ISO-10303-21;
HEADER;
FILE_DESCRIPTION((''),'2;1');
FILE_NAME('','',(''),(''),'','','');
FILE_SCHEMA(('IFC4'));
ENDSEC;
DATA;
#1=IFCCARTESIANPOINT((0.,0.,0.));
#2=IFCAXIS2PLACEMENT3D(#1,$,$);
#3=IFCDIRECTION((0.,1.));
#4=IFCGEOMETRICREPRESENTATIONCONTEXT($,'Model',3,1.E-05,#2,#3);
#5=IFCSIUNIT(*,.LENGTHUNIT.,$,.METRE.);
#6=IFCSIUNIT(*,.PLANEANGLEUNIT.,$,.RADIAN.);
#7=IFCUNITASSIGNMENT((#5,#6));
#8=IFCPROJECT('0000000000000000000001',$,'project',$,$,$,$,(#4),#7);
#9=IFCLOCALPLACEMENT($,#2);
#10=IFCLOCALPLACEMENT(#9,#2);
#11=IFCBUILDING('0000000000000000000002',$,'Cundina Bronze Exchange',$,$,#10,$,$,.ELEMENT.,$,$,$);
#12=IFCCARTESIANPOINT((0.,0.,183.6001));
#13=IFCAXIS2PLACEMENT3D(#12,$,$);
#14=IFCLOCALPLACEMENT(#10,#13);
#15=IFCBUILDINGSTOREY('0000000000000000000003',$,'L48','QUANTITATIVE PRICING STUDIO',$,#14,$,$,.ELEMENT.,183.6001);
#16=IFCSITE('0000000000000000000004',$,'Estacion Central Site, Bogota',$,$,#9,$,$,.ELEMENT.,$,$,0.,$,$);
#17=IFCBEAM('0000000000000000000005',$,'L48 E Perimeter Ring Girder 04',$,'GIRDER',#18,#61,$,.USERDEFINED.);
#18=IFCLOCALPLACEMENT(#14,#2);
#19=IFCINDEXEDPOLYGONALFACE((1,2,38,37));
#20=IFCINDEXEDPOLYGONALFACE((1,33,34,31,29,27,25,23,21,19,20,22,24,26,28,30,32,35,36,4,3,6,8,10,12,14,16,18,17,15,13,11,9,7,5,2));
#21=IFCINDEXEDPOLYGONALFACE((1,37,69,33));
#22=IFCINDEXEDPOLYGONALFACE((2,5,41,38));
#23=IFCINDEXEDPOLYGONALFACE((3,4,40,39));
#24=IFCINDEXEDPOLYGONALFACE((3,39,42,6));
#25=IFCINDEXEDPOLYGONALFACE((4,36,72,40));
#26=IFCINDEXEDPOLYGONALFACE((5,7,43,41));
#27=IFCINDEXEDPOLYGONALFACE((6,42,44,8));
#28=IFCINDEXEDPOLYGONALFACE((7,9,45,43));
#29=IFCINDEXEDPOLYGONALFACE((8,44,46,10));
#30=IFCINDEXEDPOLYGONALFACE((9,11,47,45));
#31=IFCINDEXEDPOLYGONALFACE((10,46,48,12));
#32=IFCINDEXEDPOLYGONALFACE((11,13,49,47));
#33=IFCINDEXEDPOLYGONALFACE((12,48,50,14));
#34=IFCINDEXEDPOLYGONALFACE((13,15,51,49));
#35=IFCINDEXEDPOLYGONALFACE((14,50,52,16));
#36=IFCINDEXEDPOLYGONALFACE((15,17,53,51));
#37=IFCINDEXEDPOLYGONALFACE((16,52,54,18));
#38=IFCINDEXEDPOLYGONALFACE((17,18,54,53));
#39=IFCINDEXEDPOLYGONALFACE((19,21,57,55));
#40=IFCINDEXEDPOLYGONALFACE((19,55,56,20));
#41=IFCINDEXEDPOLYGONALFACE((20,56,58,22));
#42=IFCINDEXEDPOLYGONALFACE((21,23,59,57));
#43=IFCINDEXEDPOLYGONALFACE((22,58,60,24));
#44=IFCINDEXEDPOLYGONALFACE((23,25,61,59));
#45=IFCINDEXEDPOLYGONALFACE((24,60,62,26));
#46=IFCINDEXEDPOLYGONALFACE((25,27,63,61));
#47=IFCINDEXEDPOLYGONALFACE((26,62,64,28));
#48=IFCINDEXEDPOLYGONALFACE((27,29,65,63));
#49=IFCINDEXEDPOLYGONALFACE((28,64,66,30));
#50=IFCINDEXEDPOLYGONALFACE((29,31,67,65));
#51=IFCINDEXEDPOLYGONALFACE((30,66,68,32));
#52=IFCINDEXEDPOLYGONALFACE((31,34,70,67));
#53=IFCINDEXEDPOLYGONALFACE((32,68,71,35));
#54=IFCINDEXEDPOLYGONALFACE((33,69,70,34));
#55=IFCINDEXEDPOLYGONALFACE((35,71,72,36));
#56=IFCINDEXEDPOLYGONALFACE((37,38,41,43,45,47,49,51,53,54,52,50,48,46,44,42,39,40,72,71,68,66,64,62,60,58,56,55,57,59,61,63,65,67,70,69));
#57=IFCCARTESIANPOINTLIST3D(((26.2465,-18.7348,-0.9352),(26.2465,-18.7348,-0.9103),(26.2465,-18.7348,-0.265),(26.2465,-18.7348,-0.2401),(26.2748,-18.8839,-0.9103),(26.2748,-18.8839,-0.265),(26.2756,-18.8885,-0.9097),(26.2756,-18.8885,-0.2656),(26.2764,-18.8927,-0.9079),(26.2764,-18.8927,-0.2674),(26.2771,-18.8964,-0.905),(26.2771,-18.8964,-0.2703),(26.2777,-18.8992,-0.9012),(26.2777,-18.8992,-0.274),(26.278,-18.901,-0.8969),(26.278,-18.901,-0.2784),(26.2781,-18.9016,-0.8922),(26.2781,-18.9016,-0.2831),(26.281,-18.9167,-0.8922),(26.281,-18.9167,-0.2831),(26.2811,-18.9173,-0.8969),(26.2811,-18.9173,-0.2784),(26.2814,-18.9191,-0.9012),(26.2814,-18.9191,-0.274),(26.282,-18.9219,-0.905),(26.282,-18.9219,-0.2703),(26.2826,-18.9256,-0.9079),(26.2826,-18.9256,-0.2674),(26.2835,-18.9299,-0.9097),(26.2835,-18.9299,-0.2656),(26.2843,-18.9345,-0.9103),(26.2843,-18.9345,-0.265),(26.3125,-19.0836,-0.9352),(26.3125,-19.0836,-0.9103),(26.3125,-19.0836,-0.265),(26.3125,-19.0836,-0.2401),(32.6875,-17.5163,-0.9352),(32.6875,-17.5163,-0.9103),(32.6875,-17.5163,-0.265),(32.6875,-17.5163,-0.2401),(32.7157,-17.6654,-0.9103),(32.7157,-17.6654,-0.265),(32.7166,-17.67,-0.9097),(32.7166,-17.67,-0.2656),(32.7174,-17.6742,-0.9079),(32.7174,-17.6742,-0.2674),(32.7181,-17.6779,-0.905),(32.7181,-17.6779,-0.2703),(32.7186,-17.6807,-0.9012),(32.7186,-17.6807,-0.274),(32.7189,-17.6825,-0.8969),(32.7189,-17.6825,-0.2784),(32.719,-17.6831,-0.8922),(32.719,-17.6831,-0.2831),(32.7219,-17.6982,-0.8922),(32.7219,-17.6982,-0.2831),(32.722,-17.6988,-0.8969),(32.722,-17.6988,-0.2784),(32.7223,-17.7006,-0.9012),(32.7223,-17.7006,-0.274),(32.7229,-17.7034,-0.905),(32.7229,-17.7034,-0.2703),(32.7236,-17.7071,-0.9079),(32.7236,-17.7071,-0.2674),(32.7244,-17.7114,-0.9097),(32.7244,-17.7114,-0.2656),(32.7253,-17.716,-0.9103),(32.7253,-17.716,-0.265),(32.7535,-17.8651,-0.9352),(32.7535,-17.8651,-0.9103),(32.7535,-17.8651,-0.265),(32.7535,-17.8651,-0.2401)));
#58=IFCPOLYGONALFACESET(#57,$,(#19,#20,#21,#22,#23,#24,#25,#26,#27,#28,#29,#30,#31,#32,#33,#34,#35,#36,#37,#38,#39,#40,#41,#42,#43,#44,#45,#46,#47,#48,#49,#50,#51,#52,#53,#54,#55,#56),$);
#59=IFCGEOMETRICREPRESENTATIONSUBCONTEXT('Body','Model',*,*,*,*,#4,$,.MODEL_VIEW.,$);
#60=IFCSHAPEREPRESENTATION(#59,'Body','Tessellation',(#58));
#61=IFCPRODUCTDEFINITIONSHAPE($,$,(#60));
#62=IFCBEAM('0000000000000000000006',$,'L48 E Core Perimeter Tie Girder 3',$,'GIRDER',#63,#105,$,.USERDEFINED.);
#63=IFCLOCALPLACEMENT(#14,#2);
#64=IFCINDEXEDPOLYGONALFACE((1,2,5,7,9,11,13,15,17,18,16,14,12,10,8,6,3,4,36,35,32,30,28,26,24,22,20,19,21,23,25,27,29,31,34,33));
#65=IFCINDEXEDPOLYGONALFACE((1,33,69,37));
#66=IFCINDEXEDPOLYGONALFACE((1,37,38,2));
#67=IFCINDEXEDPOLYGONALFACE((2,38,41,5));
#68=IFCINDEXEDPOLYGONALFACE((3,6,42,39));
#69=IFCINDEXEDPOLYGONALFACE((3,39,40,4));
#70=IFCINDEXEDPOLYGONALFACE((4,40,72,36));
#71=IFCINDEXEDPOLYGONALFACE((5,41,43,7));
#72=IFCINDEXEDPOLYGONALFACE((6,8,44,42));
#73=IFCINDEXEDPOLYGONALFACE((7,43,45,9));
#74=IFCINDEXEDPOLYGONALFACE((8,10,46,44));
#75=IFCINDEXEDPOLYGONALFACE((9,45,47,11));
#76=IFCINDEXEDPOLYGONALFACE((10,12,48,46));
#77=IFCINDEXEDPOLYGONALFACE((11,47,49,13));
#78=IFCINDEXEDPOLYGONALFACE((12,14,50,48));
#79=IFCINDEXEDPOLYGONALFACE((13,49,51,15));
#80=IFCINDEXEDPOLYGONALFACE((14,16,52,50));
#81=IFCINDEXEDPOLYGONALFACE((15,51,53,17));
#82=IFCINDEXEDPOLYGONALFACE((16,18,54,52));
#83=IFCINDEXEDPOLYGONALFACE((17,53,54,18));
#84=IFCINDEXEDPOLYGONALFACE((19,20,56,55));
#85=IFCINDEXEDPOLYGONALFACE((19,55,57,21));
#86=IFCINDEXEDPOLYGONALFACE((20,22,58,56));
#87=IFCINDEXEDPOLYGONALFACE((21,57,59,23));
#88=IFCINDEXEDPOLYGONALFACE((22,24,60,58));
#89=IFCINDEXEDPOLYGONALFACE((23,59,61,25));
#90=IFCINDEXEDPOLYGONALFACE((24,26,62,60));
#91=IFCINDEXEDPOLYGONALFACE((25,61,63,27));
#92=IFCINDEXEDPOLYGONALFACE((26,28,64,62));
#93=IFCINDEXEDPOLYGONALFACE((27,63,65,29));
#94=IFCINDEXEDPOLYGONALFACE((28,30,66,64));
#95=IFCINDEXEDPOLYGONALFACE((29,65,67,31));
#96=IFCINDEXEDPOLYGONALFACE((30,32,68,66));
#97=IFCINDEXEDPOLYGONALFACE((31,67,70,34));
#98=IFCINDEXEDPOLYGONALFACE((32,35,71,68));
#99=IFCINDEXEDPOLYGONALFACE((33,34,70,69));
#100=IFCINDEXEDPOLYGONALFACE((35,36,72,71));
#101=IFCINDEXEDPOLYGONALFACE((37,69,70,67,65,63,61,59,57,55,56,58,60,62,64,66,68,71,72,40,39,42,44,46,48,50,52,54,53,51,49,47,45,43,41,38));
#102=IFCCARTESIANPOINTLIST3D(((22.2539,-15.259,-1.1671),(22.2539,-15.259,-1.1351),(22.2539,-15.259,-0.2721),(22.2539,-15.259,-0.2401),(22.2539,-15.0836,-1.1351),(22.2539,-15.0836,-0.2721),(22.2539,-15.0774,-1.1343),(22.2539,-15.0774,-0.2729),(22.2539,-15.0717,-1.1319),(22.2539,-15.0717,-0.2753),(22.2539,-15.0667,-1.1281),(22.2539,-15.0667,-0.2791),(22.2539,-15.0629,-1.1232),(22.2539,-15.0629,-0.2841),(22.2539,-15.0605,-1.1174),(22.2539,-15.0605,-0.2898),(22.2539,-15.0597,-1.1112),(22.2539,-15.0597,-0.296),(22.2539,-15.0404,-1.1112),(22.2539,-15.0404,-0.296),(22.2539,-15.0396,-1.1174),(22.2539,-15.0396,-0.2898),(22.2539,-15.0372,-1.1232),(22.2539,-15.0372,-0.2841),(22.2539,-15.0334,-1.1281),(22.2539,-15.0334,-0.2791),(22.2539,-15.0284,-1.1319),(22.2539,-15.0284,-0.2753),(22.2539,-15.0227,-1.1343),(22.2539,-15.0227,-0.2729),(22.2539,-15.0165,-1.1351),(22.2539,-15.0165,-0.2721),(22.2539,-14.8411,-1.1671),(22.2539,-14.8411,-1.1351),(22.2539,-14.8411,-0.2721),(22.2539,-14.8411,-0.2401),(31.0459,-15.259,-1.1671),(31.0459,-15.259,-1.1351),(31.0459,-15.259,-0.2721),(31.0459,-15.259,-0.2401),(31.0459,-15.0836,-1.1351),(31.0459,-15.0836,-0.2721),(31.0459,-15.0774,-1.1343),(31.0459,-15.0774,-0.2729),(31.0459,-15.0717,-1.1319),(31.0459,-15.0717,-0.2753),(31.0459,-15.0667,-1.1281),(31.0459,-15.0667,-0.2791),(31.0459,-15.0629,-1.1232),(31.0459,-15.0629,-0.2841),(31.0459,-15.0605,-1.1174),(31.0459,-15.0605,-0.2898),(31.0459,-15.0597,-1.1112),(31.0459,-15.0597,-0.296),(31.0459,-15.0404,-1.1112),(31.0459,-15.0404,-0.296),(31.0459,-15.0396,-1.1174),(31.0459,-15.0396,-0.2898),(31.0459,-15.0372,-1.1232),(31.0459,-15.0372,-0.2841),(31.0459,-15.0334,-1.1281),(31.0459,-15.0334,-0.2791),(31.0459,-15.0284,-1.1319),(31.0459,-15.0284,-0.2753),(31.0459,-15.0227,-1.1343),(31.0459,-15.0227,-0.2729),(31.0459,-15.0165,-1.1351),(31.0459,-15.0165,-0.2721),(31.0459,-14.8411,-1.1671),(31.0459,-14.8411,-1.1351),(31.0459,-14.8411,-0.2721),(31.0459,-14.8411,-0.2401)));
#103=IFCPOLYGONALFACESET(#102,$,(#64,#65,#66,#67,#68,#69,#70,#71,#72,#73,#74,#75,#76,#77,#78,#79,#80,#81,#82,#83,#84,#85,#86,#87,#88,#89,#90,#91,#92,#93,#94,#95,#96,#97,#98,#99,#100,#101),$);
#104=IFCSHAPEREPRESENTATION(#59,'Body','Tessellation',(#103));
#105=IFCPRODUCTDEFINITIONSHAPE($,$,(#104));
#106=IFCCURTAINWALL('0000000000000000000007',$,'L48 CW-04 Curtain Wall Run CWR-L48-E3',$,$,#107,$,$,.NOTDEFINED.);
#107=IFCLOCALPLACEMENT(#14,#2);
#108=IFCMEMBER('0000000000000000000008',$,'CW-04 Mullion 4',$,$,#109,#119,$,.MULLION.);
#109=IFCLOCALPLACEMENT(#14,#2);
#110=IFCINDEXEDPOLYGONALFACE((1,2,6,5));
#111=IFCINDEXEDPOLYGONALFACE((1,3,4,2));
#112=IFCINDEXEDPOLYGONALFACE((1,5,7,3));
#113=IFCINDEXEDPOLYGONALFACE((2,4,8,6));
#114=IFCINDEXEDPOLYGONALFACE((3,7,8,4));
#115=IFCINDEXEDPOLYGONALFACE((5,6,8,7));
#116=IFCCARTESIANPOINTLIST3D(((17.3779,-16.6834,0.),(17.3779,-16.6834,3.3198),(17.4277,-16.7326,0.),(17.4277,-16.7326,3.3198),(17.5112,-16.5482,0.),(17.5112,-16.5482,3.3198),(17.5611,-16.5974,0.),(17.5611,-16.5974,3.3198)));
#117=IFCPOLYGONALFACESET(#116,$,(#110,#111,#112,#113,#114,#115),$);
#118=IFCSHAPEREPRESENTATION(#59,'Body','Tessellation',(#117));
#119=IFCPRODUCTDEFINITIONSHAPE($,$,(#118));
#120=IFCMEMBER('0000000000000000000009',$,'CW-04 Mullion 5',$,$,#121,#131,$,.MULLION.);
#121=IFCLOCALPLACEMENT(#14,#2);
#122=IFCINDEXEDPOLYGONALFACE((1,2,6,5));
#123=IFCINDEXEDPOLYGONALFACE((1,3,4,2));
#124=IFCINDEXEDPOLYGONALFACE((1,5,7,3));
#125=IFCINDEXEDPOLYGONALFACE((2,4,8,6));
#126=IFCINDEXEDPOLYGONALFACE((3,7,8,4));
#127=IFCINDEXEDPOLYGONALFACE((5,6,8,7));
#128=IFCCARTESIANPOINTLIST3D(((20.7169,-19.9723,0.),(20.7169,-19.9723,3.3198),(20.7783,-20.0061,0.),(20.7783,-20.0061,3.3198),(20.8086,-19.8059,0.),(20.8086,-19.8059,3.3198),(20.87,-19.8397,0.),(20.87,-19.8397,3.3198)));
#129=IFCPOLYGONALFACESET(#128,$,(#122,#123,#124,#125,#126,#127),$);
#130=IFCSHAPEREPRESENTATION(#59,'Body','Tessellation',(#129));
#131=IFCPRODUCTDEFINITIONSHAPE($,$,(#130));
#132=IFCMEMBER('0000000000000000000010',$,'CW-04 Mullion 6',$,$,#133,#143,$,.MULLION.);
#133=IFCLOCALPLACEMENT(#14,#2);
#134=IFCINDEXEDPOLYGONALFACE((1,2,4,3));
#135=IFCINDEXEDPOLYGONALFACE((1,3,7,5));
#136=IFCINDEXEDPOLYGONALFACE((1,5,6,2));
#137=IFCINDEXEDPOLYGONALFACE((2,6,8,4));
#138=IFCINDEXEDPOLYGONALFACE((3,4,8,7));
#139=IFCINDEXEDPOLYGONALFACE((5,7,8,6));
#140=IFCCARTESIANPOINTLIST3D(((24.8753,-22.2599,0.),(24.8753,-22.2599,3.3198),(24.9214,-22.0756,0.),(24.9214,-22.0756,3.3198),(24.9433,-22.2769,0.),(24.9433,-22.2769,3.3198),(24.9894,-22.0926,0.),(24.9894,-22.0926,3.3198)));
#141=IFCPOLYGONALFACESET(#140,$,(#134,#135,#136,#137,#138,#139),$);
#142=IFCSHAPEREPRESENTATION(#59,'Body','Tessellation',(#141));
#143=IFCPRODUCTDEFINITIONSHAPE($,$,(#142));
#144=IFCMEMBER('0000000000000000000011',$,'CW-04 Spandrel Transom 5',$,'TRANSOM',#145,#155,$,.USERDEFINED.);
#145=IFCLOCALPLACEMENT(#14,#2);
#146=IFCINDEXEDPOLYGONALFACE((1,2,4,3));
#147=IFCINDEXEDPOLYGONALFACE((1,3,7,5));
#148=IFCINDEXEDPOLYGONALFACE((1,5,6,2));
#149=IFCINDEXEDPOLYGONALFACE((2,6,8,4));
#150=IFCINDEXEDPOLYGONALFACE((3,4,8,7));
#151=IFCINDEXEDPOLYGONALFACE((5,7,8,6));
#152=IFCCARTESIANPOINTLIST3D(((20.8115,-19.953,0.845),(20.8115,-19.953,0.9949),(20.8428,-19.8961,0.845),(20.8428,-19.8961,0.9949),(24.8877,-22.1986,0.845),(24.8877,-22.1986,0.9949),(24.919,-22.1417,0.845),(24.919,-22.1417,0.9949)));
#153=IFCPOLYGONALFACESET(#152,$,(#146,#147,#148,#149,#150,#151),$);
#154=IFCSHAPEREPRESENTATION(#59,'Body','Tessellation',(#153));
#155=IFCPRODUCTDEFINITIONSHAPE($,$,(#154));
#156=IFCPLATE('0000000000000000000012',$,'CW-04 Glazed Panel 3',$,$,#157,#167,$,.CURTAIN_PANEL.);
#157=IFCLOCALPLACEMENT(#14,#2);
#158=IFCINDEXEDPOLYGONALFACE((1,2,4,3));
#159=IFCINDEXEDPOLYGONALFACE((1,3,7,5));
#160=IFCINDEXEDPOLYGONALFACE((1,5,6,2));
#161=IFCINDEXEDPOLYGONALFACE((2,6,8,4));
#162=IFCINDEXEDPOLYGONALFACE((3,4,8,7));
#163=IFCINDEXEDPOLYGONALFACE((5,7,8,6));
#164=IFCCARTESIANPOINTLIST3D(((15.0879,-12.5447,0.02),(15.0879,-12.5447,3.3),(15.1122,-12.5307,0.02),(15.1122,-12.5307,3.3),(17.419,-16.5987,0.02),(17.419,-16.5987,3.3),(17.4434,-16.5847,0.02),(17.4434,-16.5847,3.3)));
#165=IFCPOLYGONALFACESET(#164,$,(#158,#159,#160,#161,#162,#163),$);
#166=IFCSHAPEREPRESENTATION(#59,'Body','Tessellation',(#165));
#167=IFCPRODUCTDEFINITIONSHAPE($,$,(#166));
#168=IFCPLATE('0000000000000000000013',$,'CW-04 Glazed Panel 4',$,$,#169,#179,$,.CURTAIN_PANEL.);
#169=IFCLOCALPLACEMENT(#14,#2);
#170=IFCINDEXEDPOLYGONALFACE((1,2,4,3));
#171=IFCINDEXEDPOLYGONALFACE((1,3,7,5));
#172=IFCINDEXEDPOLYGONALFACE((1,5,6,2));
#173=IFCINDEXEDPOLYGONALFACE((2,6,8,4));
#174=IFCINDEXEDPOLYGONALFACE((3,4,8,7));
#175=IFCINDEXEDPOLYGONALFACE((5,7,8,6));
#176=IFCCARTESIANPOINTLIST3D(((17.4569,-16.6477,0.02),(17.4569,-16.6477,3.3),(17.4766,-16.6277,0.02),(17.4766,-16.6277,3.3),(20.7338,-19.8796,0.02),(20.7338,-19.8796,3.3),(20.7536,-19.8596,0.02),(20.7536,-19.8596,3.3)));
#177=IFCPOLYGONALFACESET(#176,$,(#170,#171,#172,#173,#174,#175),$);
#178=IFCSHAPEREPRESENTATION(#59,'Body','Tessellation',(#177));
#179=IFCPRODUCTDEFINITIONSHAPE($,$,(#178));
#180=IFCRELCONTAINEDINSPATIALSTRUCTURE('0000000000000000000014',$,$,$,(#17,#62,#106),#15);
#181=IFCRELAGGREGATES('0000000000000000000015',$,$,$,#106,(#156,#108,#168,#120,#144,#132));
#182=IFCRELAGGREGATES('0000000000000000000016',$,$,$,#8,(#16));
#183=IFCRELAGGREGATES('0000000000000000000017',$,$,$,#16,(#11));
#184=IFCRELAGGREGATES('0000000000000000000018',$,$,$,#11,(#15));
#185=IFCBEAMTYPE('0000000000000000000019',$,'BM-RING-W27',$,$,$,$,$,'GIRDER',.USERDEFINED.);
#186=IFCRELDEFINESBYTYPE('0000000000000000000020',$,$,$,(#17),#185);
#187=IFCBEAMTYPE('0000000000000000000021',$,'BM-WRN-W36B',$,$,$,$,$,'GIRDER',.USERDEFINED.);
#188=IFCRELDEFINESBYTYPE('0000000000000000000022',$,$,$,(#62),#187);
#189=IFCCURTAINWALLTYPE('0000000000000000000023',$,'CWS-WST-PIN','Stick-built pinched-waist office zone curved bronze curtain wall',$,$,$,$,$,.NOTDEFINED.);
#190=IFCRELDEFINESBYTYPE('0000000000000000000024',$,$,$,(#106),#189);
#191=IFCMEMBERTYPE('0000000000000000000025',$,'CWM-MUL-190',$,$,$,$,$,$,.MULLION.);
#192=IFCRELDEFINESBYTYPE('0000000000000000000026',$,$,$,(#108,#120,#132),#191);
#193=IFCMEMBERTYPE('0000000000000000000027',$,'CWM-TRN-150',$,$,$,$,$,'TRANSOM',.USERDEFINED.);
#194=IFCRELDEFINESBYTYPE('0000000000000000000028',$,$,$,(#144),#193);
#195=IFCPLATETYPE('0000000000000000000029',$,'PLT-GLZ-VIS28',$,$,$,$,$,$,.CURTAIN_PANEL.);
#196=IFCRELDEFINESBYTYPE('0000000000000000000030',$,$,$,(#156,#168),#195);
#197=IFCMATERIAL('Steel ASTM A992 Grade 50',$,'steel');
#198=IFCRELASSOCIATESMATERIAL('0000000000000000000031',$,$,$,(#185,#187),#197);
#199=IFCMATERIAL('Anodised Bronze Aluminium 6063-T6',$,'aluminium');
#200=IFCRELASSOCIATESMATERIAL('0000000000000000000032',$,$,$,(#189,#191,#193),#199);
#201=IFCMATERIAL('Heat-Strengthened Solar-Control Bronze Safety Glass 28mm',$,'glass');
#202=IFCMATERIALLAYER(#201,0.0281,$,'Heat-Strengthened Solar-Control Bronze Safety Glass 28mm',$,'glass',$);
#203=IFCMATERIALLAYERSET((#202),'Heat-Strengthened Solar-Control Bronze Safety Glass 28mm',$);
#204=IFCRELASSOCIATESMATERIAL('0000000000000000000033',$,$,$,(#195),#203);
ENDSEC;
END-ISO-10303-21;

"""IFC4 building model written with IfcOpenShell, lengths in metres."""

from ifc_helpers import new_model, si_unit, direction, frame, origin, origin_2d, place, context, subcontext, project, spatial, rectangle, i_section, extrude, material, layer, layer_set, material_profile, profile_set, type_object, element, aggregate, save


model = new_model("IFC4")

# Units and contexts
model_context = context("Model", 3, precision=1e-05, world=origin(), true_north=direction((0.0, 1.0)))
body_context = subcontext(model_context, "Body", "Model", "MODEL_VIEW")
ifc_project = project(units=[si_unit("LENGTHUNIT", "METRE"), si_unit("PLANEANGLEUNIT", "RADIAN")], contexts=[model_context])

# Site, building, storey
site_placement = place(None, origin())
site = spatial("IfcSite", under=ifc_project, at=site_placement, Name="Estacion Central Site, Bogota", CompositionType="ELEMENT", RefElevation=0.0)
building_placement = place(site_placement, origin())
building = spatial("IfcBuilding", under=site, at=building_placement, Name="Cundina Bronze Exchange", CompositionType="ELEMENT")
storey_placement = place(building_placement, frame((0.0, 0.0, 183.6001)))
storey = spatial("IfcBuildingStorey", under=building, at=storey_placement, Name="L48", Description="QUANTITATIVE PRICING STUDIO", CompositionType="ELEMENT", Elevation=183.6001)

# Shared definitions
ifc_material_1 = material(Name="Steel ASTM A992 Grade 50", Category="steel")

# Beams
ifc_material_profile_1 = material_profile(ifc_material_1, i_section(OverallWidth=0.355, OverallDepth=0.6951, WebThickness=0.0154, FlangeThickness=0.0249, FilletRadius=0.0181, at=origin_2d()), Name="W27X146", Category="steel")
ifc_profile_set_1 = profile_set([ifc_material_profile_1], Name="Steel ASTM A992 Grade 50")
beam_type_1 = type_object("IfcBeamType", Name="BM-RING-W27", ElementType="GIRDER", PredefinedType="USERDEFINED", material=ifc_profile_set_1)
beam_1_placement = place(storey_placement, frame((26.2795, -18.9092, -0.5876), z_axis=(0.982572, 0.185885, 0.0), x_axis=(-0.185885, 0.982572, 0.0)))
element("IfcBeam", 1, at=beam_1_placement, inside=storey, type_object=beam_type_1, Name="L48 E Perimeter Ring Girder 04", ObjectType="GIRDER", PredefinedType="USERDEFINED", context=body_context, shape_type="SweptSolid", body=[
    extrude(i_section(OverallWidth=0.355, OverallDepth=0.6951, WebThickness=0.0154, FlangeThickness=0.0249, FilletRadius=0.0181, at=origin_2d()), origin(), (0.0, 0.0, 1.0), 6.5552),
])
ifc_material_profile_2 = material_profile(ifc_material_1, i_section(OverallWidth=0.418, OverallDepth=0.927, WebThickness=0.0193, FlangeThickness=0.032, FilletRadius=0.0239, at=origin_2d()), Name="W36X231", Category="steel")
ifc_profile_set_2 = profile_set([ifc_material_profile_2], Name="Steel ASTM A992 Grade 50")
beam_type_2 = type_object("IfcBeamType", Name="BM-WRN-W36B", ElementType="GIRDER", PredefinedType="USERDEFINED", material=ifc_profile_set_2)
beam_2_placement = place(storey_placement, frame((22.2539, -15.05, -0.7036), z_axis=(1.0, 0.0, 0.0), x_axis=(0.0, 1.0, 0.0)))
element("IfcBeam", 2, at=beam_2_placement, inside=storey, type_object=beam_type_2, Name="L48 E Core Perimeter Tie Girder 3", ObjectType="GIRDER", PredefinedType="USERDEFINED", context=body_context, shape_type="SweptSolid", body=[
    extrude(i_section(OverallWidth=0.418, OverallDepth=0.927, WebThickness=0.0193, FlangeThickness=0.032, FilletRadius=0.0239, at=origin_2d()), origin(), (0.0, 0.0, 1.0), 8.792),
])

# Curtain wall, members, plates
ifc_material_2 = material(Name="Anodised Bronze Aluminium 6063-T6", Category="aluminium")
curtain_wall_type = type_object("IfcCurtainWallType", Name="CWS-WST-PIN", Description="Stick-built pinched-waist office zone curved bronze curtain wall", PredefinedType="NOTDEFINED", material=ifc_material_2)
curtain_wall_placement = place(storey_placement, origin())
curtain_wall = element("IfcCurtainWall", 3, at=curtain_wall_placement, inside=storey, type_object=curtain_wall_type, Name="L48 CW-04 Curtain Wall Run CWR-L48-E3", PredefinedType="NOTDEFINED")
ifc_material_profile_3 = material_profile(ifc_material_2, rectangle(XDim=0.0701, YDim=0.1899, at=origin_2d()), Name="AL70X190", Category="aluminium")
ifc_profile_set_3 = profile_set([ifc_material_profile_3], Name="Anodised Bronze Aluminium 6063-T6")
member_type_1 = type_object("IfcMemberType", Name="CWM-MUL-190", PredefinedType="MULLION", material=ifc_profile_set_3)
member_1_placement = place(storey_placement, frame((17.4695, -16.6404, 0.0), z_axis=(0.0, 0.0, 1.0), x_axis=(0.712026, -0.702153, 0.0)))
member_1 = element("IfcMember", 4, at=member_1_placement, type_object=member_type_1, Name="CW-04 Mullion 4", PredefinedType="MULLION", context=body_context, shape_type="SweptSolid", body=[
    extrude(rectangle(XDim=0.0701, YDim=0.1899, at=origin_2d()), origin(), (0.0, 0.0, 1.0), 3.3198),
])
member_2_placement = place(storey_placement, frame((20.7935, -19.906, 0.0), z_axis=(0.0, 0.0, 1.0), x_axis=(0.875886, -0.482518, 0.0)))
member_2 = element("IfcMember", 5, at=member_2_placement, type_object=member_type_1, Name="CW-04 Mullion 5", PredefinedType="MULLION", context=body_context, shape_type="SweptSolid", body=[
    extrude(rectangle(XDim=0.0701, YDim=0.1899, at=origin_2d()), origin(), (0.0, 0.0, 1.0), 3.3198),
])
member_3_placement = place(storey_placement, frame((24.9324, -22.1763, 0.0), z_axis=(0.0, 0.0, 1.0), x_axis=(0.970084, -0.242769, 0.0)))
member_3 = element("IfcMember", 6, at=member_3_placement, type_object=member_type_1, Name="CW-04 Mullion 6", PredefinedType="MULLION", context=body_context, shape_type="SweptSolid", body=[
    extrude(rectangle(XDim=0.0701, YDim=0.1899, at=origin_2d()), origin(), (0.0, 0.0, 1.0), 3.3198),
])
ifc_material_profile_4 = material_profile(ifc_material_2, rectangle(XDim=0.0649, YDim=0.1499, at=origin_2d()), Name="AL65X150", Category="aluminium")
ifc_profile_set_4 = profile_set([ifc_material_profile_4], Name="Anodised Bronze Aluminium 6063-T6")
member_type_2 = type_object("IfcMemberType", Name="CWM-TRN-150", ElementType="TRANSOM", PredefinedType="USERDEFINED", material=ifc_profile_set_4)
member_4_placement = place(storey_placement, frame((20.8271, -19.9246, 0.9199), z_axis=(0.875879, -0.482531, 0.0), x_axis=(0.482531, 0.875879, 0.0)))
member_4 = element("IfcMember", 7, at=member_4_placement, type_object=member_type_2, Name="CW-04 Spandrel Transom 5", ObjectType="TRANSOM", PredefinedType="USERDEFINED", context=body_context, shape_type="SweptSolid", body=[
    extrude(rectangle(XDim=0.0649, YDim=0.1499, at=origin_2d()), origin(), (0.0, 0.0, 1.0), 4.6538),
])
ifc_material_3 = material(Name="Heat-Strengthened Solar-Control Bronze Safety Glass 28mm", Category="glass")
ifc_layer_1 = layer(ifc_material_3, 0.0281, Name="Heat-Strengthened Solar-Control Bronze Safety Glass 28mm", Category="glass")
ifc_layer_set_1 = layer_set([ifc_layer_1], Name="Heat-Strengthened Solar-Control Bronze Safety Glass 28mm")
plate_type_1 = type_object("IfcPlateType", Name="PLT-GLZ-VIS28", PredefinedType="CURTAIN_PANEL", material=ifc_layer_set_1)
plate_1_placement = place(storey_placement, frame((16.2656, -14.5647, 0.02), z_axis=(0.0, 0.0, 1.0), x_axis=(0.498488, -0.866897, 0.0)))
plate_1 = element("IfcPlate", 8, at=plate_1_placement, type_object=plate_type_1, Name="CW-04 Glazed Panel 3", PredefinedType="CURTAIN_PANEL", context=body_context, shape_type="SweptSolid", body=[
    extrude(rectangle(XDim=4.6765, YDim=0.0281, at=origin_2d()), origin(), (0.0, 0.0, 1.0), 3.28),
])
plate_2_placement = place(storey_placement, frame((19.1052, -18.2537, 0.02), z_axis=(0.0, 0.0, 1.0), x_axis=(0.711989, -0.70219, 0.0)))
plate_2 = element("IfcPlate", 9, at=plate_2_placement, type_object=plate_type_1, Name="CW-04 Glazed Panel 4", PredefinedType="CURTAIN_PANEL", context=body_context, shape_type="SweptSolid", body=[
    extrude(rectangle(XDim=4.6025, YDim=0.0281, at=origin_2d()), origin(), (0.0, 0.0, 1.0), 3.28),
])
aggregate(curtain_wall, [plate_1, member_1, plate_2, member_2, member_4, member_3])

save(model, "model.ifc")
